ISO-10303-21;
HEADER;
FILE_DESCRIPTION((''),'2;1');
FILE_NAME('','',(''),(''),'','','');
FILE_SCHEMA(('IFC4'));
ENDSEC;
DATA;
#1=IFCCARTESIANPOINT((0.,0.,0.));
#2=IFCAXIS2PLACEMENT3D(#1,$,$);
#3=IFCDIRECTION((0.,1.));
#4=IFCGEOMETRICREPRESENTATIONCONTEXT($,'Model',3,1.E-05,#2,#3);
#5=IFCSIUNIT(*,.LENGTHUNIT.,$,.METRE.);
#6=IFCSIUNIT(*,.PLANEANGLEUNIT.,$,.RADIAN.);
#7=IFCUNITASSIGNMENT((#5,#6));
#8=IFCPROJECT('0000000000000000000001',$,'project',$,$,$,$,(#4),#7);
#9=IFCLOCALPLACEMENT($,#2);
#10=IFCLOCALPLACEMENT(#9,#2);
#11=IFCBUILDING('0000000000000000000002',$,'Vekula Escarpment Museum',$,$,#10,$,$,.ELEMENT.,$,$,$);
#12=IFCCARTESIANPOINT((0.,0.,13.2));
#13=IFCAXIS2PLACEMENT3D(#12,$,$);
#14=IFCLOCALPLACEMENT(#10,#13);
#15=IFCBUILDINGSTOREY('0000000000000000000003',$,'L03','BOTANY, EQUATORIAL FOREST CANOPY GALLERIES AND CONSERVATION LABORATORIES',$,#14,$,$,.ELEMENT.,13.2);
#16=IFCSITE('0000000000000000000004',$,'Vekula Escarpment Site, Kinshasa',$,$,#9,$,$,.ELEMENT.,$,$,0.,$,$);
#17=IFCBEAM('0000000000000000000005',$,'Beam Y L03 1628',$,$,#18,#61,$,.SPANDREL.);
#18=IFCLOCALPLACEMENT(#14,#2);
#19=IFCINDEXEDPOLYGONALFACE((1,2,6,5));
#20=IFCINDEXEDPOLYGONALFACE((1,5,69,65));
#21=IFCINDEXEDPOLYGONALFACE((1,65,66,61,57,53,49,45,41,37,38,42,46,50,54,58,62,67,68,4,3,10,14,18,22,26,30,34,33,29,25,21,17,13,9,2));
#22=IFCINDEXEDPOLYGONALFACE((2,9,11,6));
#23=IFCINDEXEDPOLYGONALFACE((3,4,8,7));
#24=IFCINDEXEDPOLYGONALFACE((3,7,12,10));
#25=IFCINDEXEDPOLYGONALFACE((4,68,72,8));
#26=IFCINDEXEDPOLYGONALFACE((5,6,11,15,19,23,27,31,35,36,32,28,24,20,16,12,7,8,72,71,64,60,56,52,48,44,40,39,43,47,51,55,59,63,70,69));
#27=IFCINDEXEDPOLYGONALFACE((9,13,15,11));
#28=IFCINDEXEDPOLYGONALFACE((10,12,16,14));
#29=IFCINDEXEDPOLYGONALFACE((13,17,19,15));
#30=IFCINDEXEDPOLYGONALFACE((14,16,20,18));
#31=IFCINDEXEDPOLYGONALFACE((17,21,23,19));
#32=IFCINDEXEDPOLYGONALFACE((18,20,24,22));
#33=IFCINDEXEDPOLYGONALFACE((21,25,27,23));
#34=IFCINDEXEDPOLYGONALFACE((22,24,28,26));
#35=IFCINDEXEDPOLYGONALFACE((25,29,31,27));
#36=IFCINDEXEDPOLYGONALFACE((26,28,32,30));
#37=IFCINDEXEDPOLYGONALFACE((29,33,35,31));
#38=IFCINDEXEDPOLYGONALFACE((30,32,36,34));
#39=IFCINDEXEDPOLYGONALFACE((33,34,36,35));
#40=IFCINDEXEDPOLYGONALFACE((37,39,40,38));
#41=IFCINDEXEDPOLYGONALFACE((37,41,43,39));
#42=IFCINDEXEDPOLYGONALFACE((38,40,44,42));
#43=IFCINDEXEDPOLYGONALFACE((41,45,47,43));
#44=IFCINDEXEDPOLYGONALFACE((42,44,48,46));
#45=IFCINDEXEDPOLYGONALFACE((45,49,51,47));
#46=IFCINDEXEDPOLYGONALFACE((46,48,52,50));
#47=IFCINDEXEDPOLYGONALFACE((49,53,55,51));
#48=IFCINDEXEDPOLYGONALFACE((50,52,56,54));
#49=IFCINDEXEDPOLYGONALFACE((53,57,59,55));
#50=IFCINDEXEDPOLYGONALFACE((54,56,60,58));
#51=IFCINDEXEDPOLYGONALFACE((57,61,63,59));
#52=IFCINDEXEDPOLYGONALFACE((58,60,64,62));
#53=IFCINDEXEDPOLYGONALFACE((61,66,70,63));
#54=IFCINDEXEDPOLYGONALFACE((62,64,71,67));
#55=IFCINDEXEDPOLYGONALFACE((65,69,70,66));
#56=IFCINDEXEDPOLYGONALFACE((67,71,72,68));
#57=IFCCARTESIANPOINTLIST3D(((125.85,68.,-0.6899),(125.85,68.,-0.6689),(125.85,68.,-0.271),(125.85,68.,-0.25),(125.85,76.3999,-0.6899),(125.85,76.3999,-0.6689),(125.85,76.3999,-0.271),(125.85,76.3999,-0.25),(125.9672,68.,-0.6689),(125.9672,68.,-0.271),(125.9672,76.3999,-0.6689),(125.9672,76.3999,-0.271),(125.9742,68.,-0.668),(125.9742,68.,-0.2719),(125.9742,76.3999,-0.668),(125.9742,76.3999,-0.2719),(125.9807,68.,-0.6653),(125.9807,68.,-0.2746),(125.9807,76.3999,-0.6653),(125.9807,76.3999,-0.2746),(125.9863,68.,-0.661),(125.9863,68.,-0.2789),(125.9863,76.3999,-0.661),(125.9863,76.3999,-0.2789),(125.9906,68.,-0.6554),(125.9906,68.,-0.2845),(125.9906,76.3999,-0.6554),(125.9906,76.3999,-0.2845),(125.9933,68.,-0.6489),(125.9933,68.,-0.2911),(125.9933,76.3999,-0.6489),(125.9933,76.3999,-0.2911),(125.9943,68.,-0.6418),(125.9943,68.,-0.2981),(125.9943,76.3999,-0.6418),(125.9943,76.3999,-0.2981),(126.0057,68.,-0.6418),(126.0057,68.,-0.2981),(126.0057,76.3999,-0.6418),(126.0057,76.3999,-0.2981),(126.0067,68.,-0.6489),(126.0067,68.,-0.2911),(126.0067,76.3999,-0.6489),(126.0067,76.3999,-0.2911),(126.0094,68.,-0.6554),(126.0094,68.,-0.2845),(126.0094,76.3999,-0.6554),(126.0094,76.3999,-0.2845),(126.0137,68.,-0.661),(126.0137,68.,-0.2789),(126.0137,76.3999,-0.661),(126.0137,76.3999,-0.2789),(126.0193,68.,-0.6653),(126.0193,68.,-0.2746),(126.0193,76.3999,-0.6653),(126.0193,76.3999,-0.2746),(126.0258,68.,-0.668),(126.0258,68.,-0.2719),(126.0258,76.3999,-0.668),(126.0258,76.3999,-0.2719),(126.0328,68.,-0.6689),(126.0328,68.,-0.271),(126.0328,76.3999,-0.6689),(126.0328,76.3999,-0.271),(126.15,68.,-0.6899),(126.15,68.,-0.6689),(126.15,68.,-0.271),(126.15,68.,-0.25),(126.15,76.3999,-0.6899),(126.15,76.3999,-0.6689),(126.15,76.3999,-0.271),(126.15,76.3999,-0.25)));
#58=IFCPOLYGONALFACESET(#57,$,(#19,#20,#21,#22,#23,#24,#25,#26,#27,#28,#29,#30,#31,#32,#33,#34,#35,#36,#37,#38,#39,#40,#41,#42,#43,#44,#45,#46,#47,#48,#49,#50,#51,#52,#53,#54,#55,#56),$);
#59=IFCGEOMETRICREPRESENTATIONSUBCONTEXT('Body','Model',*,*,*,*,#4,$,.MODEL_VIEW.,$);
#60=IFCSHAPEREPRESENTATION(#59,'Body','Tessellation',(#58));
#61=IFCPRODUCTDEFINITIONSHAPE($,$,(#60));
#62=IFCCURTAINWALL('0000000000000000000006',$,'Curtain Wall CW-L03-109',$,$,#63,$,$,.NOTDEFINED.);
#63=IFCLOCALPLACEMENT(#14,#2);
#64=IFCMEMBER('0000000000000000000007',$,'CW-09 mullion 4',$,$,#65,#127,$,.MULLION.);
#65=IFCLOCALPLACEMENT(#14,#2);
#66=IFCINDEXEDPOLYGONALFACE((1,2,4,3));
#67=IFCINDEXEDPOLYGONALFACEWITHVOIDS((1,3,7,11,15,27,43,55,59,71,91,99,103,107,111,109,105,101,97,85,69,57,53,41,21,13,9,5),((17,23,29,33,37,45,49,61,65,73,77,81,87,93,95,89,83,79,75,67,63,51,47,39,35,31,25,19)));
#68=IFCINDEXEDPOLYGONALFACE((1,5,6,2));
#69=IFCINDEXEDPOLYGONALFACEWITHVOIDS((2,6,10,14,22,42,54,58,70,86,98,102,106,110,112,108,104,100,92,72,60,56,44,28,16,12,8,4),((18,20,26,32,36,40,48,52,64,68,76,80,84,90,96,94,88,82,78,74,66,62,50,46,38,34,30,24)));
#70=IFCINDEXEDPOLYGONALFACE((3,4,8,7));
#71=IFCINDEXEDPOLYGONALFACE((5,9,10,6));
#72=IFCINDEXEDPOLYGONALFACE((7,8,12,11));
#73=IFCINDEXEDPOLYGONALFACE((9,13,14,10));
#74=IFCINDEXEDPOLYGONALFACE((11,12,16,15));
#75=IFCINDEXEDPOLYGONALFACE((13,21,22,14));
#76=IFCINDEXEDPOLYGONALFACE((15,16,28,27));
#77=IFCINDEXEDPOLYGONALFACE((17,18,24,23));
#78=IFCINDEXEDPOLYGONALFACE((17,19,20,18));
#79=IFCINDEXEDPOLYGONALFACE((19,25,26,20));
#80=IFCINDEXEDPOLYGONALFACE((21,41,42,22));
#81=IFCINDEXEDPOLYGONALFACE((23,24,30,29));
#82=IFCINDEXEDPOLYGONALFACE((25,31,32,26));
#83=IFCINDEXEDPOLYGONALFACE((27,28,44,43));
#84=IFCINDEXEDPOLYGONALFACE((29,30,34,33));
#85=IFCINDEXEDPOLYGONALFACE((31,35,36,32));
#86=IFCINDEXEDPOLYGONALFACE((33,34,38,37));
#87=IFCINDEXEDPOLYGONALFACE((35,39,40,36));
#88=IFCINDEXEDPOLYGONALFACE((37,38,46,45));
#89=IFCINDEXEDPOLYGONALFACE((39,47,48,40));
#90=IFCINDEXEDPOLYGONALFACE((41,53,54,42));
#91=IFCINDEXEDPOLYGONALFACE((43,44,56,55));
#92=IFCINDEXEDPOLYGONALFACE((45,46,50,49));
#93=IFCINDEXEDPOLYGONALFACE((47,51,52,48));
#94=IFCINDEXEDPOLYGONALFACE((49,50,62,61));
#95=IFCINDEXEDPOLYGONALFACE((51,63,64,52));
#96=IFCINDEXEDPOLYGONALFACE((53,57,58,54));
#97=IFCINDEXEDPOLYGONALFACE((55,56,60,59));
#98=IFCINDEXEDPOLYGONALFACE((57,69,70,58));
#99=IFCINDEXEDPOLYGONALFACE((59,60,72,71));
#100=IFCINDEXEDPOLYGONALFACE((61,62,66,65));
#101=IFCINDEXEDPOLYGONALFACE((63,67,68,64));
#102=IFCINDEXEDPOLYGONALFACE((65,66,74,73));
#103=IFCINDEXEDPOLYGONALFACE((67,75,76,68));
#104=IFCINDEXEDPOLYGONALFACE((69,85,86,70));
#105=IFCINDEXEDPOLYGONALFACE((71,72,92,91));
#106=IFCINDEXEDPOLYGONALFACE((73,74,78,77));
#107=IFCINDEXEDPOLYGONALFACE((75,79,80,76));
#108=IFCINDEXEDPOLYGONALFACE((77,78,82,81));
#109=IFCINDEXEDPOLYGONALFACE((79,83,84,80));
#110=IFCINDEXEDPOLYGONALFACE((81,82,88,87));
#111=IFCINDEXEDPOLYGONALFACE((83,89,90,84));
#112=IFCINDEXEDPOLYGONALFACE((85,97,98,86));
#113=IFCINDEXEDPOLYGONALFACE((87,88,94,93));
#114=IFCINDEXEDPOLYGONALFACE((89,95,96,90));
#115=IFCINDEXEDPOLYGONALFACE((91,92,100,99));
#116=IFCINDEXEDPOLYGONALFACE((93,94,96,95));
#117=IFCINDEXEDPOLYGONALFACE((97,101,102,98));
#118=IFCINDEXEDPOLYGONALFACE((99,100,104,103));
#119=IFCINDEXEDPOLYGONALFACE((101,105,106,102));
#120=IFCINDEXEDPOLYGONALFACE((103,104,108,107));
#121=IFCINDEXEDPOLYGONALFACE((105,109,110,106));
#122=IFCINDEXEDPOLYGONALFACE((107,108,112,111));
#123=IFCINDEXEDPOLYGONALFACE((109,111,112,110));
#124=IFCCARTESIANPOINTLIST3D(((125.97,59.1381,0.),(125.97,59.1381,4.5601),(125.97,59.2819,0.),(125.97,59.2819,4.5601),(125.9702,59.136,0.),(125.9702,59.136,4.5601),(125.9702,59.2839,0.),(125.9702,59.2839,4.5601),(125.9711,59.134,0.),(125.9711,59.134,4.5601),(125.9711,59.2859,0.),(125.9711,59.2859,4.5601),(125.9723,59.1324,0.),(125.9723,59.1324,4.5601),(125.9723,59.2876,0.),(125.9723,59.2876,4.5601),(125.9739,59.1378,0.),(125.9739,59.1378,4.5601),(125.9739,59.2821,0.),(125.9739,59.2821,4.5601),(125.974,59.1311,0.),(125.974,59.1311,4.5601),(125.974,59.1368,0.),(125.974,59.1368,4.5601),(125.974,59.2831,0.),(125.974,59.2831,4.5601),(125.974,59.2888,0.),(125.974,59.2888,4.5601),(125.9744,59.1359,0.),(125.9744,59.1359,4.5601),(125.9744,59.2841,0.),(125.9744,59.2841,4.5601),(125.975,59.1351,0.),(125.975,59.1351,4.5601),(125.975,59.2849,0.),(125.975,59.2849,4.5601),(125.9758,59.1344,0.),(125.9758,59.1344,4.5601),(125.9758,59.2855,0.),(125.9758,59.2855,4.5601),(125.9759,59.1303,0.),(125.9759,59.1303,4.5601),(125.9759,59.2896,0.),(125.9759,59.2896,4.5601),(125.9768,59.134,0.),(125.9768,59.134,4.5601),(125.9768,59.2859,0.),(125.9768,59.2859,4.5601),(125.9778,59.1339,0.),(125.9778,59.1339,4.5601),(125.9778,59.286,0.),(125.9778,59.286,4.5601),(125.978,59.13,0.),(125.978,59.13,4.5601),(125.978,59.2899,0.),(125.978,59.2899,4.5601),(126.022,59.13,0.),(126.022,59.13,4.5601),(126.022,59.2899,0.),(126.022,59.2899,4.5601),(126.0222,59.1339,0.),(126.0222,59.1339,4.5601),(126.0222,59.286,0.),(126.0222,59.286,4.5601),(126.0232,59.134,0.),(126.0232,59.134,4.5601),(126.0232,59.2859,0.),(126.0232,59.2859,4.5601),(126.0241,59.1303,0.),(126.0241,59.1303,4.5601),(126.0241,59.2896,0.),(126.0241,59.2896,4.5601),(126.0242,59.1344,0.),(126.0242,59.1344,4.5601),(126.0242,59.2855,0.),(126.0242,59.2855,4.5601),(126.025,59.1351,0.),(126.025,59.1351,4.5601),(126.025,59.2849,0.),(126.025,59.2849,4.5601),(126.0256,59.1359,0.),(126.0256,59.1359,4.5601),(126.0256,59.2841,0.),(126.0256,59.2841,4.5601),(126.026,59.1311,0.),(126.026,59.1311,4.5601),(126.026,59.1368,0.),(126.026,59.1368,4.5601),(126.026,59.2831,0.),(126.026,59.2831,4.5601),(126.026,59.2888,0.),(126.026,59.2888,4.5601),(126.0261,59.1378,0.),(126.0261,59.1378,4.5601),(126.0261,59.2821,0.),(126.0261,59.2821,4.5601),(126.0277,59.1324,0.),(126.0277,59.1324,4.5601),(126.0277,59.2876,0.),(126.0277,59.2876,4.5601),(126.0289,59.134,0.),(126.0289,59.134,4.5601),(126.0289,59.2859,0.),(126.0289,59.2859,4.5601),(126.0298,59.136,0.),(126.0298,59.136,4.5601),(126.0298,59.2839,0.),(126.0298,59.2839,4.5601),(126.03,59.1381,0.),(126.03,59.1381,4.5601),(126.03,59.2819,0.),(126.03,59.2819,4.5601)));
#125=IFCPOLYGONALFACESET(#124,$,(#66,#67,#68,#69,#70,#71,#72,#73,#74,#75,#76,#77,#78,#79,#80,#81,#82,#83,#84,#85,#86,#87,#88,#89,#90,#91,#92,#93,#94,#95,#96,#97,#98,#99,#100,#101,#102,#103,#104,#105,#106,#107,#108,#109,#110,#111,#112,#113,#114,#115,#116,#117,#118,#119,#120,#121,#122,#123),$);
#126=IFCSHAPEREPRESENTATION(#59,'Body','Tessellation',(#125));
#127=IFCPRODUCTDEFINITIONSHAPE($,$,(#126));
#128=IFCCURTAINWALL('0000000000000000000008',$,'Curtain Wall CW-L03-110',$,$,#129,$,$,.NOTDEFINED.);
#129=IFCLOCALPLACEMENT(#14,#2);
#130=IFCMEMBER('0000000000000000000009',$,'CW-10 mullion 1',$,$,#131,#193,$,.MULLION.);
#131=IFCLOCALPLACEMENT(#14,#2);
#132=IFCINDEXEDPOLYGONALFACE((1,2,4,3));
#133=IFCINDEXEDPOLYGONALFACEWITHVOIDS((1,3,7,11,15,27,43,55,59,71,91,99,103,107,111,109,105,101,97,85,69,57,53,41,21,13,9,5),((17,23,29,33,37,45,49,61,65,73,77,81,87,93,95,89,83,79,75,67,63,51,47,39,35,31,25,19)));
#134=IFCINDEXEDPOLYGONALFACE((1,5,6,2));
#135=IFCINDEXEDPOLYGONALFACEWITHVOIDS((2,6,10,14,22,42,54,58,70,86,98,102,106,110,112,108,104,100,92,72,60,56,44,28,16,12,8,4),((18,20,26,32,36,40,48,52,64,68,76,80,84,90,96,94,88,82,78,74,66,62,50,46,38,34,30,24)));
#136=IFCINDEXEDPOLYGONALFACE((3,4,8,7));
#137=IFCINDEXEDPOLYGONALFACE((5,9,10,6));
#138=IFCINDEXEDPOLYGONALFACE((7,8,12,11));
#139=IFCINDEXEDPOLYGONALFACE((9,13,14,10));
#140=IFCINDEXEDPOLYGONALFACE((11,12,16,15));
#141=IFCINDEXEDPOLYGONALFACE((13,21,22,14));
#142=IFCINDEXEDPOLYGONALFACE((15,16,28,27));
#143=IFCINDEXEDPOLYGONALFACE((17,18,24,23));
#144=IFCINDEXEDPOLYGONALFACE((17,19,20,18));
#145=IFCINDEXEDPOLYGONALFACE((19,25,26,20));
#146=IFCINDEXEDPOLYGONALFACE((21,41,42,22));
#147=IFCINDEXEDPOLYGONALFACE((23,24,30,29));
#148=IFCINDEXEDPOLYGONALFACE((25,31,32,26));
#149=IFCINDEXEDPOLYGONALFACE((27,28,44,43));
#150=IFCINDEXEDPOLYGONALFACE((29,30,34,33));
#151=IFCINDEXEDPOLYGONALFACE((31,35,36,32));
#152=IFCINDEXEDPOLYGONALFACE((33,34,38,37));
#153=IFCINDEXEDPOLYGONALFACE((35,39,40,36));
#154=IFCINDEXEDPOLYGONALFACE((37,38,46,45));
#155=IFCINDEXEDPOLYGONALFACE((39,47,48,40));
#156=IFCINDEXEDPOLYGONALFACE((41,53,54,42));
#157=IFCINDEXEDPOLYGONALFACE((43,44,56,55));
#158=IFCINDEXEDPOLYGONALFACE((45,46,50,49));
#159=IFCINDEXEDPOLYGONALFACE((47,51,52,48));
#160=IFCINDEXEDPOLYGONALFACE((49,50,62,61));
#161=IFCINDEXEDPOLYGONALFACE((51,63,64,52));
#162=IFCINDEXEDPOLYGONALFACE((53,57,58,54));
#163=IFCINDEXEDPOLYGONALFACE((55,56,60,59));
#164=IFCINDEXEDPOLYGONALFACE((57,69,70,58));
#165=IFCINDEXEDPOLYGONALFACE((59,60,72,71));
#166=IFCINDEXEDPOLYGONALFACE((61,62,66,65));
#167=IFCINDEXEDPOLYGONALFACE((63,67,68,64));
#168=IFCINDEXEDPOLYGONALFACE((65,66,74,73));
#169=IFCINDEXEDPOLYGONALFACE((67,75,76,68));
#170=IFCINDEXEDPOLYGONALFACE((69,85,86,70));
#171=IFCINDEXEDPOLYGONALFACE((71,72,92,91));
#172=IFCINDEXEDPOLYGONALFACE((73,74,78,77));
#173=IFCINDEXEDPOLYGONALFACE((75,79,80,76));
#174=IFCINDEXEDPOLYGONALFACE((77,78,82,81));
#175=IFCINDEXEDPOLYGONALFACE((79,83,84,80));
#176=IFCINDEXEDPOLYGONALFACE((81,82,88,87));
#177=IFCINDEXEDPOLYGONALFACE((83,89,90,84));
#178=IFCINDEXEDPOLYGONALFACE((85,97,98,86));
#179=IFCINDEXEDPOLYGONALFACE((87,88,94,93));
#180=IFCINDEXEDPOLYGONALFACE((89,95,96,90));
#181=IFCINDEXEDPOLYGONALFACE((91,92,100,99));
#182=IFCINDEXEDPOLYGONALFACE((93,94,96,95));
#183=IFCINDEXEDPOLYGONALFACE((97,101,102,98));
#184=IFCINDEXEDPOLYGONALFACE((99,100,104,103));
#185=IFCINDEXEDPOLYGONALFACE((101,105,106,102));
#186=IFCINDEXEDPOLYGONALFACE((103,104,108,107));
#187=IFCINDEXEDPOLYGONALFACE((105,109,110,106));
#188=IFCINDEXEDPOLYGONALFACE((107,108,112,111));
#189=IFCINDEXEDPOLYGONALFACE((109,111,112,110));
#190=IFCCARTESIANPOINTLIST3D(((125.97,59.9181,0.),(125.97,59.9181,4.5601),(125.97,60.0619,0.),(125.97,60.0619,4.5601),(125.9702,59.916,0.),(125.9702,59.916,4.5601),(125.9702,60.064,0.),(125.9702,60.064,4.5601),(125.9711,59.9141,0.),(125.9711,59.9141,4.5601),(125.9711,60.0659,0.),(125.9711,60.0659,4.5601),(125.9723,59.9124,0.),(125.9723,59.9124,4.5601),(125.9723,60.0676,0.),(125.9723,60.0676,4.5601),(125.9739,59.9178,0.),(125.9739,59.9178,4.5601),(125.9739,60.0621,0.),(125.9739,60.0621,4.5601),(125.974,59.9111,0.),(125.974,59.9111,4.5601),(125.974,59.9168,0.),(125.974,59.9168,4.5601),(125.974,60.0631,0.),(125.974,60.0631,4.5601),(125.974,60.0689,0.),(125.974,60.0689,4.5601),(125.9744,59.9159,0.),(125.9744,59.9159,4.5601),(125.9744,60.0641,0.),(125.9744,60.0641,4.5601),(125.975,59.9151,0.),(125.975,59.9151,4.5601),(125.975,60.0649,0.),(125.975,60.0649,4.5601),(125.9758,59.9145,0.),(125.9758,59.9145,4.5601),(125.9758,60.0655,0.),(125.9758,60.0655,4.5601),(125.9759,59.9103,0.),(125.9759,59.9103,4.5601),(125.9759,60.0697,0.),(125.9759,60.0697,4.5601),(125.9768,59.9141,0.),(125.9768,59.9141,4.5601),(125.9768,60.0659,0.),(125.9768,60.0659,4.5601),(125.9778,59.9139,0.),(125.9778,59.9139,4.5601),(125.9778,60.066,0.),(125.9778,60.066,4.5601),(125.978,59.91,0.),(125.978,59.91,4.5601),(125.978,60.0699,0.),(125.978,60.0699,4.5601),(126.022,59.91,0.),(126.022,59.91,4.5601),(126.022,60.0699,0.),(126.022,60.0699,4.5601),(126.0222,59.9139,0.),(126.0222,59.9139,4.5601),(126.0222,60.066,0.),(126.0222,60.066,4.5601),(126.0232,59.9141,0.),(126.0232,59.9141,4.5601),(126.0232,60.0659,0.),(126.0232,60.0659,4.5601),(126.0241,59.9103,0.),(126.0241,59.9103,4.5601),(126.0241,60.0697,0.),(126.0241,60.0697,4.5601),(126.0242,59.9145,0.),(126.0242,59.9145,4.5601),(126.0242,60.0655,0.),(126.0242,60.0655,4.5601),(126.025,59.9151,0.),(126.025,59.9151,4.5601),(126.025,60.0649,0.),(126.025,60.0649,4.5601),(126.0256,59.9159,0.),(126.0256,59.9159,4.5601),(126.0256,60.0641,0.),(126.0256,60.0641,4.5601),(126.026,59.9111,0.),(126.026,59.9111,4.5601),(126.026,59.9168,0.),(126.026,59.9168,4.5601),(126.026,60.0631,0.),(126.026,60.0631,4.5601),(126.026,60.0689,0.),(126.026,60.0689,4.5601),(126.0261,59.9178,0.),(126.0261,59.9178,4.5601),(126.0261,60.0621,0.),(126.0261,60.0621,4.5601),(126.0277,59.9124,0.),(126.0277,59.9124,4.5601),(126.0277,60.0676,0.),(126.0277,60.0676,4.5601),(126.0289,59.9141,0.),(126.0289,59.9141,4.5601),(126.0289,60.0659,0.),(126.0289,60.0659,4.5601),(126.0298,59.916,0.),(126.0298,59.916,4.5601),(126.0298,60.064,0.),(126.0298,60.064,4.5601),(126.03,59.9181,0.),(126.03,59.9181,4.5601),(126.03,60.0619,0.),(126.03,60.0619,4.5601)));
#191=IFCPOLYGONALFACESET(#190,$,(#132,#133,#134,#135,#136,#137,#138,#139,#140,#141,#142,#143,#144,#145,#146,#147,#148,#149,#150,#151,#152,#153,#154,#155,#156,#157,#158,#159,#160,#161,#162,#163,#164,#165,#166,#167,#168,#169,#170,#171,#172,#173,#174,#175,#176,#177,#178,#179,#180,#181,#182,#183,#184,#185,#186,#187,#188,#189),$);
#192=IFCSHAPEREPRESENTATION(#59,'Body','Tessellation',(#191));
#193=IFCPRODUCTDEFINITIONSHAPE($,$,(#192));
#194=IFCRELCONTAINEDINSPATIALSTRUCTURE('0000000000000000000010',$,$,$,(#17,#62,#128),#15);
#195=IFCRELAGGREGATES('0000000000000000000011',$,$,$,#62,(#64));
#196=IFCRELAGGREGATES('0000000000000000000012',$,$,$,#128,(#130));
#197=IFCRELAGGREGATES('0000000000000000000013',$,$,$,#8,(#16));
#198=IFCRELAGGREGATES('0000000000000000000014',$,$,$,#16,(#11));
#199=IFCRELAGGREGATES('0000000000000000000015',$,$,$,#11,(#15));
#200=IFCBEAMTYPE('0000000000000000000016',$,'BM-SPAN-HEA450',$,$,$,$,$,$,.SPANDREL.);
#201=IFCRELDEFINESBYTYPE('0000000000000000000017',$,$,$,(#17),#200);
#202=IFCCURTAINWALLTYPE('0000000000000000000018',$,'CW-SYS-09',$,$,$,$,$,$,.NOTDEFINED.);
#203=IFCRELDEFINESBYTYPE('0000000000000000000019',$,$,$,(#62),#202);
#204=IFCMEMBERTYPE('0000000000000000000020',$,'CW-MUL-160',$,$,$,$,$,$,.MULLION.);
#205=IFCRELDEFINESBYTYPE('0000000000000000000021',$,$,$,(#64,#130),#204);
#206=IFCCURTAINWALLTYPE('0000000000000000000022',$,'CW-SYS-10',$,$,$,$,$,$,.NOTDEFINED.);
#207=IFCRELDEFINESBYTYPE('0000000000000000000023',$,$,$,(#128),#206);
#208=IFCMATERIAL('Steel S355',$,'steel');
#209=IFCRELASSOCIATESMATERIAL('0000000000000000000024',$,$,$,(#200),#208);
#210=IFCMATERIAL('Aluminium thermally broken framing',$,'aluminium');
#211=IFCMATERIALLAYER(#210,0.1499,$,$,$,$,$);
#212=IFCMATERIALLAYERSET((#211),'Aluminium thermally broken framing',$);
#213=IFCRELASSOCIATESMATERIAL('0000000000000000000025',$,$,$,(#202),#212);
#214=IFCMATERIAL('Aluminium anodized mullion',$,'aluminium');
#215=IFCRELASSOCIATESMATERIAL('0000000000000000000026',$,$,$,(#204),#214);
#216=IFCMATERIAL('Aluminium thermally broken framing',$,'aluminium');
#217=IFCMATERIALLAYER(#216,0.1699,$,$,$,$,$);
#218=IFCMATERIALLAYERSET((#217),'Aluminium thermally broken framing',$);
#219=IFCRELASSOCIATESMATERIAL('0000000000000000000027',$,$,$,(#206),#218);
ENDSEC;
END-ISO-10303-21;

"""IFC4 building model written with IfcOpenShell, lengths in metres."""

from ifc_helpers import new_model, si_unit, direction, frame, origin, origin_2d, place, context, subcontext, project, spatial, hollow_rectangle, i_section, extrude, material, layer, layer_set, material_profile, profile_set, type_object, element, aggregate, save


model = new_model("IFC4")

# Units and contexts
model_context = context("Model", 3, precision=1e-05, world=origin(), true_north=direction((0.0, 1.0)))
body_context = subcontext(model_context, "Body", "Model", "MODEL_VIEW")
ifc_project = project(units=[si_unit("LENGTHUNIT", "METRE"), si_unit("PLANEANGLEUNIT", "RADIAN")], contexts=[model_context])

# Site, building, storey
site_placement = place(None, origin())
site = spatial("IfcSite", under=ifc_project, at=site_placement, Name="Vekula Escarpment Site, Kinshasa", CompositionType="ELEMENT", RefElevation=0.0)
building_placement = place(site_placement, origin())
building = spatial("IfcBuilding", under=site, at=building_placement, Name="Vekula Escarpment Museum", CompositionType="ELEMENT")
storey_placement = place(building_placement, frame((0.0, 0.0, 13.2)))
storey = spatial("IfcBuildingStorey", under=building, at=storey_placement, Name="L03", Description="BOTANY, EQUATORIAL FOREST CANOPY GALLERIES AND CONSERVATION LABORATORIES", CompositionType="ELEMENT", Elevation=13.2)

# Beam
ifc_material_1 = material(Name="Steel S355", Category="steel")
ifc_material_profile_1 = material_profile(ifc_material_1, i_section(OverallWidth=0.3, OverallDepth=0.4399, WebThickness=0.0115, FlangeThickness=0.021, FilletRadius=0.0271, at=origin_2d()), Name="HEA 450")
ifc_profile_set_1 = profile_set([ifc_material_profile_1], Name="Steel S355")
beam_type_1 = type_object("IfcBeamType", Name="BM-SPAN-HEA450", PredefinedType="SPANDREL", material=ifc_profile_set_1)
for number, where, z_axis, x_axis, name in (
    (1, (126.0, 68.0, -0.47), (0.0, 1.0, 0.0), (-1.0, 0.0, 0.0), "Beam Y L03 1628"),
):
    element("IfcBeam", number, at=place(storey_placement, frame(where, z_axis=z_axis, x_axis=x_axis)), inside=storey, type_object=beam_type_1, Name=name, PredefinedType="SPANDREL", context=body_context, shape_type="SweptSolid", body=[
        extrude(i_section(OverallWidth=0.3, OverallDepth=0.4399, WebThickness=0.0115, FlangeThickness=0.021, FilletRadius=0.0271, at=origin_2d()), origin(), (0.0, 0.0, 1.0), 8.3999),
    ])

# Curtain wall, member
ifc_material_2 = material(Name="Aluminium thermally broken framing", Category="aluminium")
ifc_layer_1 = layer(ifc_material_2, 0.1499)
ifc_layer_set_1 = layer_set([ifc_layer_1], Name="Aluminium thermally broken framing")
curtain_wall_type_1 = type_object("IfcCurtainWallType", Name="CW-SYS-09", PredefinedType="NOTDEFINED", material=ifc_layer_set_1)
curtain_wall_1_placement = place(storey_placement, origin())
curtain_wall_1 = element("IfcCurtainWall", 2, at=curtain_wall_1_placement, inside=storey, type_object=curtain_wall_type_1, Name="Curtain Wall CW-L03-109", PredefinedType="NOTDEFINED")
ifc_material_3 = material(Name="Aluminium anodized mullion", Category="aluminium")
ifc_material_profile_2 = material_profile(ifc_material_3, hollow_rectangle(XDim=0.0601, YDim=0.1599, WallThickness=0.0039, InnerFilletRadius=0.0039, OuterFilletRadius=0.0081, at=origin_2d()), Name="ALU 160x60x4")
ifc_profile_set_2 = profile_set([ifc_material_profile_2], Name="Aluminium anodized mullion")
member_type_1 = type_object("IfcMemberType", Name="CW-MUL-160", PredefinedType="MULLION", material=ifc_profile_set_2)
member_1_placement = place(storey_placement, frame((126.0, 59.21, 0.0), z_axis=(0.0, 0.0, 1.0), x_axis=(-1.0, 0.0, 0.0)))
member_1 = element("IfcMember", 3, at=member_1_placement, type_object=member_type_1, Name="CW-09 mullion 4", PredefinedType="MULLION", context=body_context, shape_type="SweptSolid", body=[
    extrude(hollow_rectangle(XDim=0.0601, YDim=0.1599, WallThickness=0.0039, InnerFilletRadius=0.0039, OuterFilletRadius=0.0081, at=origin_2d()), origin(), (0.0, 0.0, 1.0), 4.5601),
])

# Curtain wall, member
ifc_material_4 = material(Name="Aluminium thermally broken framing", Category="aluminium")
ifc_layer_2 = layer(ifc_material_4, 0.1699)
ifc_layer_set_2 = layer_set([ifc_layer_2], Name="Aluminium thermally broken framing")
curtain_wall_type_2 = type_object("IfcCurtainWallType", Name="CW-SYS-10", PredefinedType="NOTDEFINED", material=ifc_layer_set_2)
curtain_wall_2_placement = place(storey_placement, origin())
curtain_wall_2 = element("IfcCurtainWall", 4, at=curtain_wall_2_placement, inside=storey, type_object=curtain_wall_type_2, Name="Curtain Wall CW-L03-110", PredefinedType="NOTDEFINED")
member_2_placement = place(storey_placement, frame((126.0, 59.99, 0.0), z_axis=(0.0, 0.0, 1.0), x_axis=(-1.0, 0.0, 0.0)))
member_2 = element("IfcMember", 5, at=member_2_placement, type_object=member_type_1, Name="CW-10 mullion 1", PredefinedType="MULLION", context=body_context, shape_type="SweptSolid", body=[
    extrude(hollow_rectangle(XDim=0.0601, YDim=0.1599, WallThickness=0.0039, InnerFilletRadius=0.0039, OuterFilletRadius=0.0081, at=origin_2d()), origin(), (0.0, 0.0, 1.0), 4.5601),
])

aggregate(curtain_wall_1, [member_1])
aggregate(curtain_wall_2, [member_2])

save(model, "model.ifc")
